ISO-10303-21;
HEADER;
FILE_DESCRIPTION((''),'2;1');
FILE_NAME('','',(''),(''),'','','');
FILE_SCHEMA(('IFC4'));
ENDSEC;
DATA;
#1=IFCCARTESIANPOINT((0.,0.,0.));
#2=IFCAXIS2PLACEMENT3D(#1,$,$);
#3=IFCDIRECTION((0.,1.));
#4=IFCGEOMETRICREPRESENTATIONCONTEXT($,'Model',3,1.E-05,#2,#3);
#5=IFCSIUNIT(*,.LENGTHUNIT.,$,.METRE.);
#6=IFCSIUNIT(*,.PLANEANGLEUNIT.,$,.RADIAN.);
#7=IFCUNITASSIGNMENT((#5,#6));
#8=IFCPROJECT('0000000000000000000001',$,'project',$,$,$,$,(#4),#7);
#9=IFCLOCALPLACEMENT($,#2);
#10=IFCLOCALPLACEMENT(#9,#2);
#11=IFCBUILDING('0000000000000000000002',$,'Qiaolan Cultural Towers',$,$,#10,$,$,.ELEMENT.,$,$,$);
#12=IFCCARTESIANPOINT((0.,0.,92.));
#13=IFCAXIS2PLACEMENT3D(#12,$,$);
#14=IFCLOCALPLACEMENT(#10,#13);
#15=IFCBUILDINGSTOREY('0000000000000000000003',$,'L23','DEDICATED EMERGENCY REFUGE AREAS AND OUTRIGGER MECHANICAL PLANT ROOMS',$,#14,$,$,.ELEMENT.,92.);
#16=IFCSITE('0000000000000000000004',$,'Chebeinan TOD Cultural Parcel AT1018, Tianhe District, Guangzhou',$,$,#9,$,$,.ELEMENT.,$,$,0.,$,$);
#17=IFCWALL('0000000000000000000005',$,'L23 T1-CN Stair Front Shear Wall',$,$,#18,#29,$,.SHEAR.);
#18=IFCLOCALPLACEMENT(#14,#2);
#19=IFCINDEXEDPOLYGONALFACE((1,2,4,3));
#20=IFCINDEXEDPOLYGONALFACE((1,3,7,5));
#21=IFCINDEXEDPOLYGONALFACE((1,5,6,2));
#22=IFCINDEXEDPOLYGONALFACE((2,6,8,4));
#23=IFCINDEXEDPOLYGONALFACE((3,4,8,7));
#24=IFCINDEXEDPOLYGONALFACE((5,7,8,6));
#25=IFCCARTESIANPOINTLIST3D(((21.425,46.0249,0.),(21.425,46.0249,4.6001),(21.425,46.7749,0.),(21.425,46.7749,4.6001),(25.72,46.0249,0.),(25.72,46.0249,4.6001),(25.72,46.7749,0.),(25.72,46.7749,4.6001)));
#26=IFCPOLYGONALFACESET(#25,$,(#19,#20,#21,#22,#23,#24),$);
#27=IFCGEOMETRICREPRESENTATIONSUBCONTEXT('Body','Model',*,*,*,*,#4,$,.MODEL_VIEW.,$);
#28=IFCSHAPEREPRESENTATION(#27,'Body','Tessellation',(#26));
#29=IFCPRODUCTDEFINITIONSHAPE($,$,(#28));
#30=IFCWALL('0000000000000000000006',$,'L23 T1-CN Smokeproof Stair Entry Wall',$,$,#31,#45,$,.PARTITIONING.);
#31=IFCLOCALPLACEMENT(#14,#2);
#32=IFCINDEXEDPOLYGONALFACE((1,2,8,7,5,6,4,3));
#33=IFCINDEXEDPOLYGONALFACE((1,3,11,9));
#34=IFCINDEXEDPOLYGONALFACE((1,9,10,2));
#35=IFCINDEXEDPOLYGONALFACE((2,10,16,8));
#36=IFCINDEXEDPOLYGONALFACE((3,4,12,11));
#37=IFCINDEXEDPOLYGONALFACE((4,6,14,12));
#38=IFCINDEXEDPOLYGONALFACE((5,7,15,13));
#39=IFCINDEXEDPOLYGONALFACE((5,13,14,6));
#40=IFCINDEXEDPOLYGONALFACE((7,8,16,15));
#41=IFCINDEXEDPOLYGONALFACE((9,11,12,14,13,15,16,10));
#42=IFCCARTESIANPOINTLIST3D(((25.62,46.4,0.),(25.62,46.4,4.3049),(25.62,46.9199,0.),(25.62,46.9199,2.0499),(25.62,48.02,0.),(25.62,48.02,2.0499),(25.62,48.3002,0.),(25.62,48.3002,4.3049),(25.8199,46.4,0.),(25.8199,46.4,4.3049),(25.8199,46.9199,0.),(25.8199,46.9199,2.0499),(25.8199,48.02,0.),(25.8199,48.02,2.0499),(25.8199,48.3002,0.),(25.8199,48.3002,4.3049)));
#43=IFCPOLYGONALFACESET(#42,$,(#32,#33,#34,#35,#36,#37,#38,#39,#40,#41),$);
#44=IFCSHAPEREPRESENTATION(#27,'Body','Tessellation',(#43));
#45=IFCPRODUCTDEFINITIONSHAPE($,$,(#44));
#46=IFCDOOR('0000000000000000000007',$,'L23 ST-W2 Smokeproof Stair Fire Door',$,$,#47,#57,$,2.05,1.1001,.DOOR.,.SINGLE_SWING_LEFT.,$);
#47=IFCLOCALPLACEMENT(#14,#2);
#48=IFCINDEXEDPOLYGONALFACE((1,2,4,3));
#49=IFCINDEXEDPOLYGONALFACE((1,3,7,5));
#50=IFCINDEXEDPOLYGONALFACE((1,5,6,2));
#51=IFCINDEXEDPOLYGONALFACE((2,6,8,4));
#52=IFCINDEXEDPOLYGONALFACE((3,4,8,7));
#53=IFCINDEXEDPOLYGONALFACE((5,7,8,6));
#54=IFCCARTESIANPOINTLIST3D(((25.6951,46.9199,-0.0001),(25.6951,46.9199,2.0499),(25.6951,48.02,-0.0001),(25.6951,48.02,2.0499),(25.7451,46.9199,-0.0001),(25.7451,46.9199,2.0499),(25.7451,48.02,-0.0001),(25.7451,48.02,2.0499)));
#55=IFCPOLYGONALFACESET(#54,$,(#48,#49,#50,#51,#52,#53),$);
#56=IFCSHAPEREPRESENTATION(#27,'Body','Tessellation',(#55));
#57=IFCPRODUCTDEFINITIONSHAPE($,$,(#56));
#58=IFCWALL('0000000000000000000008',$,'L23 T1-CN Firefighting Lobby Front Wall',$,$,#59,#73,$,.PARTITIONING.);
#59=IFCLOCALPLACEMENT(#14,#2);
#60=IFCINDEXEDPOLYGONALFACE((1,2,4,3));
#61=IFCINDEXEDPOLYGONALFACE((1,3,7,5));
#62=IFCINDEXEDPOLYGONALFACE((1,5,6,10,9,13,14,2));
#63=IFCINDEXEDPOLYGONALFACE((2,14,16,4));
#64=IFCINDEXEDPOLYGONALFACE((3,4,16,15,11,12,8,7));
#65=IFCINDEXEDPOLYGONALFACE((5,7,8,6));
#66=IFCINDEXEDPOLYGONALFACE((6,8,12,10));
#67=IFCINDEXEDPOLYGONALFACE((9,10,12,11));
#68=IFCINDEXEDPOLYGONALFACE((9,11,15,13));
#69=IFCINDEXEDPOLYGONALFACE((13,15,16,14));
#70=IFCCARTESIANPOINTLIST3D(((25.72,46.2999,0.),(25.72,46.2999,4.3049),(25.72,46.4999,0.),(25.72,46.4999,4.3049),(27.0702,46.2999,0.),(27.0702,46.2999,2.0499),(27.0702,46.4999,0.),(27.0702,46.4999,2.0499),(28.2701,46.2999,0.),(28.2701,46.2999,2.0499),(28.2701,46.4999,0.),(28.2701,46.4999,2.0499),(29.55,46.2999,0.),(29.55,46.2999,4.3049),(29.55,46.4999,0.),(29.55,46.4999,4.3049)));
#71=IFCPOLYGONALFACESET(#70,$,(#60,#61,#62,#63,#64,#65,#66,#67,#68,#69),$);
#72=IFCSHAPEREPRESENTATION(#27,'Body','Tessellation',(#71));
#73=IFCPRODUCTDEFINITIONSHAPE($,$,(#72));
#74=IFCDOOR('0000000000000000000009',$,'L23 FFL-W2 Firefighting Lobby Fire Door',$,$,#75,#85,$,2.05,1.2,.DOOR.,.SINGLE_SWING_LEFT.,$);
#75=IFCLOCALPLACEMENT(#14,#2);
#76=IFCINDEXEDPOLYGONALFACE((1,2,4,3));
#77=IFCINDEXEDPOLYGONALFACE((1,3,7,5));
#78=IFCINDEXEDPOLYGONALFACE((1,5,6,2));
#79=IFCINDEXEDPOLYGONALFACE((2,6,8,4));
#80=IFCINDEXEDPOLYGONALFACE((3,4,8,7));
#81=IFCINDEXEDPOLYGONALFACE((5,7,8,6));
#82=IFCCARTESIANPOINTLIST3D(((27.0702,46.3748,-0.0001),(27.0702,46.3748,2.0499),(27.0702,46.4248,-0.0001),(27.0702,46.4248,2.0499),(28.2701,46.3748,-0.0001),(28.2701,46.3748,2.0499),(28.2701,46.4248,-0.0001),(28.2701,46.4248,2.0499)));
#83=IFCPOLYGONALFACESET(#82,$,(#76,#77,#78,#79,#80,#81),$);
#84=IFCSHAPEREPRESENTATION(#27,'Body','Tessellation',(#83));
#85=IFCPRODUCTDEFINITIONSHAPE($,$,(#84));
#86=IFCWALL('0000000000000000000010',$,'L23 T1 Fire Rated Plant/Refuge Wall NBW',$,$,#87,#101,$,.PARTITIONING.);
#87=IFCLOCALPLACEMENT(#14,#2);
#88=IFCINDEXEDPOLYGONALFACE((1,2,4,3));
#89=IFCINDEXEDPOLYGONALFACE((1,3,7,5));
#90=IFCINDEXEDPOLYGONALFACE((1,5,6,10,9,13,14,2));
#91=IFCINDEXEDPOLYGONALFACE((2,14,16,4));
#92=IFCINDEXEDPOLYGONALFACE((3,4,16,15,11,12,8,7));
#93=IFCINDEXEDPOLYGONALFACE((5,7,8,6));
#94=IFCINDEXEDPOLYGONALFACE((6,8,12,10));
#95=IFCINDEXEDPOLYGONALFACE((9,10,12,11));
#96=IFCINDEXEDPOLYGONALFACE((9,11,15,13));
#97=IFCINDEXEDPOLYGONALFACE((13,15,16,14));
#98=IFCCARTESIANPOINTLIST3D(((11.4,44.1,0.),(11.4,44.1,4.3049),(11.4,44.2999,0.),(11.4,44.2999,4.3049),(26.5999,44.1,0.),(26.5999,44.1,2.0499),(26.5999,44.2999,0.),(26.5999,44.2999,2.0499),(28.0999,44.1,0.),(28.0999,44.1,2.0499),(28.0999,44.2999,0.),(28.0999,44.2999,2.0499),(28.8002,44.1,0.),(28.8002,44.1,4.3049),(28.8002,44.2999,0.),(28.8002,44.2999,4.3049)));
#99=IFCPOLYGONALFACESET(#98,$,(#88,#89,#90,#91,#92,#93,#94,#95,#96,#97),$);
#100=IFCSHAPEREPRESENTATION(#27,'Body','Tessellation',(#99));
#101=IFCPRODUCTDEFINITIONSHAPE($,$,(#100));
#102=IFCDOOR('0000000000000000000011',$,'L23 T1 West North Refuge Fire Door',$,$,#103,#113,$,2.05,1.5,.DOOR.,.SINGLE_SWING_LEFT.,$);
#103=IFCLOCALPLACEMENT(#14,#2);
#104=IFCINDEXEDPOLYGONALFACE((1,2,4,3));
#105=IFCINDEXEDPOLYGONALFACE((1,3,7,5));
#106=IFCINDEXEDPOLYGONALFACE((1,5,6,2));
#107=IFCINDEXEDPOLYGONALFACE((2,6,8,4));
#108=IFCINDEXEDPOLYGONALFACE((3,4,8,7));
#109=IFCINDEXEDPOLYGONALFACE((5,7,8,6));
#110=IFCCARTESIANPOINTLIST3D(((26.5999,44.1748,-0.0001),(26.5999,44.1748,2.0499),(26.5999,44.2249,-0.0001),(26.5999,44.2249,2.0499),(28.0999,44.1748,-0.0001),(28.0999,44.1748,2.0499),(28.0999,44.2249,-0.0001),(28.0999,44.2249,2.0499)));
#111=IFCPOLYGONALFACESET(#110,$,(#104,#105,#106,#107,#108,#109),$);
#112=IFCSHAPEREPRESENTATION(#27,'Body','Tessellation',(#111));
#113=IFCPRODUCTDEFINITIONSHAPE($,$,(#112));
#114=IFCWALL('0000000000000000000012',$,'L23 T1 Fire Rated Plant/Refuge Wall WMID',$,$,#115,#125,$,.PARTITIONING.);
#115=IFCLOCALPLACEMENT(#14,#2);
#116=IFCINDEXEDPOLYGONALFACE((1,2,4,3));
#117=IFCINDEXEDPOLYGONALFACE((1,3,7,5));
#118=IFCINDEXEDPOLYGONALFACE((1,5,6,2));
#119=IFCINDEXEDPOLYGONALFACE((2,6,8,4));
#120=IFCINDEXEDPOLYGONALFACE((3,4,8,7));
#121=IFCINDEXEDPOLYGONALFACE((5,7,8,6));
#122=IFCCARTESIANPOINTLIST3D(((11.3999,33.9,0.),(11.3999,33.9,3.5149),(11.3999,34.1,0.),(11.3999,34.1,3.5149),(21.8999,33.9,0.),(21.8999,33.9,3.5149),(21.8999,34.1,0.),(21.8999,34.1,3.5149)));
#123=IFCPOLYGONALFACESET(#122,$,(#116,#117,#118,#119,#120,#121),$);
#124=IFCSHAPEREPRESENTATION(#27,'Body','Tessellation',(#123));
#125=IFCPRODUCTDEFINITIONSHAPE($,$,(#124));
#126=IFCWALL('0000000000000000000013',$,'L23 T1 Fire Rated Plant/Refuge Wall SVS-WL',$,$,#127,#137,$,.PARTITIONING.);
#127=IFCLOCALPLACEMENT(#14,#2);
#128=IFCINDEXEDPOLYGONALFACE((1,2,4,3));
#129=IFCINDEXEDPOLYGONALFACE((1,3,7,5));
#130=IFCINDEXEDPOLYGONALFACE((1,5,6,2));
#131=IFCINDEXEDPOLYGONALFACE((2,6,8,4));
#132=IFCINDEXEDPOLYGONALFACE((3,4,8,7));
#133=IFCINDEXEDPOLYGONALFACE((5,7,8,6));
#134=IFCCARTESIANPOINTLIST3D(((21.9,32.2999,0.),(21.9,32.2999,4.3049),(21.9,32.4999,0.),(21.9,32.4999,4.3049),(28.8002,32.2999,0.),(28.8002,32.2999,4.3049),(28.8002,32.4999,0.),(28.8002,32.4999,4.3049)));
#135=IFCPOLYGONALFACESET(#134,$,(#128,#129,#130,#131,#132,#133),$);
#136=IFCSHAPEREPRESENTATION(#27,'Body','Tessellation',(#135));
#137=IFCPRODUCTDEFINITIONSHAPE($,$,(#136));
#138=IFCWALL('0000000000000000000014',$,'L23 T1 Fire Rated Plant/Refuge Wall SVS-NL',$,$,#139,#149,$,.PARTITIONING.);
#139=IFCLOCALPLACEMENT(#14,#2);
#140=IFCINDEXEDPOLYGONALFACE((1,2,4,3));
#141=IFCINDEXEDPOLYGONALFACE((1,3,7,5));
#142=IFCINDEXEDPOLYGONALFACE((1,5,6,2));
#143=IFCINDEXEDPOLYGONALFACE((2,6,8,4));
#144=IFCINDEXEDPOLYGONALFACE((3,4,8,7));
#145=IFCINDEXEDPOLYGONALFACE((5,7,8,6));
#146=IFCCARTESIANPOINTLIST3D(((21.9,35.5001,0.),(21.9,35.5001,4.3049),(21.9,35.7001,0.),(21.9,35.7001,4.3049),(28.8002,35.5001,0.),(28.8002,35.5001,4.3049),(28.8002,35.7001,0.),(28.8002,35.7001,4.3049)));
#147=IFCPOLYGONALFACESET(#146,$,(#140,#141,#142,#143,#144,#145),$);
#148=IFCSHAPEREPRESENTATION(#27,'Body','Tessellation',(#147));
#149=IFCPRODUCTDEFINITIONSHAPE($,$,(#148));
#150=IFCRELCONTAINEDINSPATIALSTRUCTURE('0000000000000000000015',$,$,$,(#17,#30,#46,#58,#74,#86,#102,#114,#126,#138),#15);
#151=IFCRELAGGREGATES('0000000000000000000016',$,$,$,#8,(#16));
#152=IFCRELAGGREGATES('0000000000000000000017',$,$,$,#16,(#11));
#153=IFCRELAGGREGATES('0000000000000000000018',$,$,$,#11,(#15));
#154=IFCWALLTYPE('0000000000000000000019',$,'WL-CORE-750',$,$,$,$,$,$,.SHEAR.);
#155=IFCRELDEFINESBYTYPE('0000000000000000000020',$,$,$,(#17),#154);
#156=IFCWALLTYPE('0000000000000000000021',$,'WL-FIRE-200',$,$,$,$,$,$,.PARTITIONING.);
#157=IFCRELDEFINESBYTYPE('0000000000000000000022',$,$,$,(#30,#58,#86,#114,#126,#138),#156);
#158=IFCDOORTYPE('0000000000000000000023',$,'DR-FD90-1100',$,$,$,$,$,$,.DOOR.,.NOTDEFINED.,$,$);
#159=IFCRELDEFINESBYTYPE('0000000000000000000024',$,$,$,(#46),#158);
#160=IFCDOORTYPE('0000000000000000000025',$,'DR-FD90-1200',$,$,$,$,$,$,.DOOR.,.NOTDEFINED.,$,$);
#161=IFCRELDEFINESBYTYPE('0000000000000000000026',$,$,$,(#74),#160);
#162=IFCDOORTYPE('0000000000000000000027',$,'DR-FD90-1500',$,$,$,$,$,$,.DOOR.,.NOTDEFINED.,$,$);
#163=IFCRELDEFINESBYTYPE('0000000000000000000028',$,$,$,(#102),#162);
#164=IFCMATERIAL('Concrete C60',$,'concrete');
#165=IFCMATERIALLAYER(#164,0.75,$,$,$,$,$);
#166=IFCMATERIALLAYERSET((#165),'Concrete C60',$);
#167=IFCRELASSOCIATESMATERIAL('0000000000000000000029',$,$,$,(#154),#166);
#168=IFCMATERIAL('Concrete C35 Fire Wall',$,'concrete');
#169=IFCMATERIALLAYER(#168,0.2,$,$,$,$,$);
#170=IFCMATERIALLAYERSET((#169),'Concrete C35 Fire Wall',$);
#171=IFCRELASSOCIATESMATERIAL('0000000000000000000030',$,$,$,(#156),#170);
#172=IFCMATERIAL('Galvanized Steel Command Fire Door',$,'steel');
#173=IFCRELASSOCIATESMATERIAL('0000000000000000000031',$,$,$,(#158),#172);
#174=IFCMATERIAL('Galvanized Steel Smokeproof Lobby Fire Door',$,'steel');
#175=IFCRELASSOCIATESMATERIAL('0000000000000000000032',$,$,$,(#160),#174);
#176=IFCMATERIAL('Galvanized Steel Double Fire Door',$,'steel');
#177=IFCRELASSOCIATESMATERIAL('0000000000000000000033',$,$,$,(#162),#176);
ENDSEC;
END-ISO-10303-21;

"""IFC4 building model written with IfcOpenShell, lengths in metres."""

from ifc_helpers import new_model, si_unit, direction, frame, frame_2d, origin, place, context, subcontext, project, spatial, rectangle, extrude, material, layer, layer_set, type_object, element, fill, save


model = new_model("IFC4")

# Units and contexts
model_context = context("Model", 3, precision=1e-05, world=origin(), true_north=direction((0.0, 1.0)))
body_context = subcontext(model_context, "Body", "Model", "MODEL_VIEW")
ifc_project = project(units=[si_unit("LENGTHUNIT", "METRE"), si_unit("PLANEANGLEUNIT", "RADIAN")], contexts=[model_context])

# Site, building, storey
site_placement = place(None, origin())
site = spatial("IfcSite", under=ifc_project, at=site_placement, Name="Chebeinan TOD Cultural Parcel AT1018, Tianhe District, Guangzhou", CompositionType="ELEMENT", RefElevation=0.0)
building_placement = place(site_placement, origin())
building = spatial("IfcBuilding", under=site, at=building_placement, Name="Qiaolan Cultural Towers", CompositionType="ELEMENT")
storey_placement = place(building_placement, frame((0.0, 0.0, 92.0)))
storey = spatial("IfcBuildingStorey", under=building, at=storey_placement, Name="L23", Description="DEDICATED EMERGENCY REFUGE AREAS AND OUTRIGGER MECHANICAL PLANT ROOMS", CompositionType="ELEMENT", Elevation=92.0)

# Wall
ifc_material_1 = material(Name="Concrete C60", Category="concrete")
ifc_layer_1 = layer(ifc_material_1, 0.75)
ifc_layer_set_1 = layer_set([ifc_layer_1], Name="Concrete C60")
wall_type_1 = type_object("IfcWallType", Name="WL-CORE-750", PredefinedType="SHEAR", material=ifc_layer_set_1)
wall_1_placement = place(storey_placement, frame((21.425, 46.3999, 0.0), z_axis=(0.0, 0.0, 1.0), x_axis=(1.0, 0.0, 0.0)))
element("IfcWall", 1, at=wall_1_placement, inside=storey, type_object=wall_type_1, Name="L23 T1-CN Stair Front Shear Wall", PredefinedType="SHEAR", context=body_context, shape_type="SweptSolid", body=[
    extrude(rectangle(XDim=4.2949, YDim=0.75, at=frame_2d((2.1475, 0.0))), origin(), (0.0, 0.0, 1.0), 4.6001),
])

# Walls, openings, doors
ifc_material_2 = material(Name="Concrete C35 Fire Wall", Category="concrete")
ifc_layer_2 = layer(ifc_material_2, 0.2)
ifc_layer_set_2 = layer_set([ifc_layer_2], Name="Concrete C35 Fire Wall")
wall_type_2 = type_object("IfcWallType", Name="WL-FIRE-200", PredefinedType="PARTITIONING", material=ifc_layer_set_2)
wall_2_placement = place(storey_placement, frame((25.72, 46.3999, 0.0), z_axis=(0.0, 0.0, 1.0), x_axis=(0.0, 1.0, 0.0)))
wall_2 = element("IfcWall", 2, at=wall_2_placement, inside=storey, type_object=wall_type_2, Name="L23 T1-CN Smokeproof Stair Entry Wall", PredefinedType="PARTITIONING", context=body_context, shape_type="SweptSolid", body=[
    extrude(rectangle(XDim=1.9001, YDim=0.2, at=frame_2d((0.9502, 0.0))), origin(), (0.0, 0.0, 1.0), 4.3049),
])
opening_1_placement = place(wall_2_placement, frame((0.52, 0.0, 0.0)))
opening_1 = element("IfcOpeningElement", 3, at=opening_1_placement, cuts=wall_2, PredefinedType="OPENING", context=body_context, shape_type="SweptSolid", body=[
    extrude(rectangle(XDim=1.1001, YDim=2.05, at=frame_2d((0.55, 1.0249))), frame((0.0, 0.1099, 0.0), z_axis=(0.0, -1.0, 0.0), x_axis=(1.0, 0.0, 0.0)), (0.0, 0.0, 1.0), 0.22),
])
ifc_material_3 = material(Name="Galvanized Steel Command Fire Door", Category="steel")
door_type_1 = type_object("IfcDoorType", Name="DR-FD90-1100", OperationType="NOTDEFINED", PredefinedType="DOOR", material=ifc_material_3)
door_1_placement = place(opening_1_placement, origin())
door_1 = element("IfcDoor", 4, at=door_1_placement, inside=storey, type_object=door_type_1, Name="L23 ST-W2 Smokeproof Stair Fire Door", OperationType="SINGLE_SWING_LEFT", OverallHeight=2.05, OverallWidth=1.1001, PredefinedType="DOOR", context=body_context, shape_type="SweptSolid", body=[
    extrude(rectangle(XDim=1.1001, YDim=2.05, at=frame_2d((0.55, 1.0249))), frame((0.0, 0.0249, 0.0), z_axis=(0.0, -1.0, 0.0), x_axis=(1.0, 0.0, 0.0)), (0.0, 0.0, 1.0), 0.05),
])
fill(opening_1, door_1)
wall_3_placement = place(storey_placement, frame((25.72, 46.3999, 0.0), z_axis=(0.0, 0.0, 1.0), x_axis=(1.0, 0.0, 0.0)))
wall_3 = element("IfcWall", 5, at=wall_3_placement, inside=storey, type_object=wall_type_2, Name="L23 T1-CN Firefighting Lobby Front Wall", PredefinedType="PARTITIONING", context=body_context, shape_type="SweptSolid", body=[
    extrude(rectangle(XDim=3.8301, YDim=0.2, at=frame_2d((1.915, 0.0))), origin(), (0.0, 0.0, 1.0), 4.3049),
])
opening_2_placement = place(wall_3_placement, frame((1.3501, 0.0, 0.0)))
opening_2 = element("IfcOpeningElement", 6, at=opening_2_placement, cuts=wall_3, PredefinedType="OPENING", context=body_context, shape_type="SweptSolid", body=[
    extrude(rectangle(XDim=1.2, YDim=2.05, at=frame_2d((0.6001, 1.0249))), frame((0.0, 0.1099, 0.0), z_axis=(0.0, -1.0, 0.0), x_axis=(1.0, 0.0, 0.0)), (0.0, 0.0, 1.0), 0.22),
])
ifc_material_4 = material(Name="Galvanized Steel Smokeproof Lobby Fire Door", Category="steel")
door_type_2 = type_object("IfcDoorType", Name="DR-FD90-1200", OperationType="NOTDEFINED", PredefinedType="DOOR", material=ifc_material_4)
door_2_placement = place(opening_2_placement, origin())
door_2 = element("IfcDoor", 7, at=door_2_placement, inside=storey, type_object=door_type_2, Name="L23 FFL-W2 Firefighting Lobby Fire Door", OperationType="SINGLE_SWING_LEFT", OverallHeight=2.05, OverallWidth=1.2, PredefinedType="DOOR", context=body_context, shape_type="SweptSolid", body=[
    extrude(rectangle(XDim=1.2, YDim=2.05, at=frame_2d((0.6001, 1.0249))), frame((0.0, 0.0249, 0.0), z_axis=(0.0, -1.0, 0.0), x_axis=(1.0, 0.0, 0.0)), (0.0, 0.0, 1.0), 0.05),
])
fill(opening_2, door_2)
wall_4_placement = place(storey_placement, frame((11.3999, 44.2, 0.0), z_axis=(0.0, 0.0, 1.0), x_axis=(1.0, 0.0, 0.0)))
wall_4 = element("IfcWall", 8, at=wall_4_placement, inside=storey, type_object=wall_type_2, Name="L23 T1 Fire Rated Plant/Refuge Wall NBW", PredefinedType="PARTITIONING", context=body_context, shape_type="SweptSolid", body=[
    extrude(rectangle(XDim=17.4001, YDim=0.2, at=frame_2d((8.7002, 0.0))), origin(), (0.0, 0.0, 1.0), 4.3049),
])
opening_3_placement = place(wall_4_placement, frame((15.2, 0.0, 0.0)))
opening_3 = element("IfcOpeningElement", 9, at=opening_3_placement, cuts=wall_4, PredefinedType="OPENING", context=body_context, shape_type="SweptSolid", body=[
    extrude(rectangle(XDim=1.5, YDim=2.05, at=frame_2d((0.75, 1.0249))), frame((0.0, 0.1099, 0.0), z_axis=(0.0, -1.0, 0.0), x_axis=(1.0, 0.0, 0.0)), (0.0, 0.0, 1.0), 0.22),
])
ifc_material_5 = material(Name="Galvanized Steel Double Fire Door", Category="steel")
door_type_3 = type_object("IfcDoorType", Name="DR-FD90-1500", OperationType="NOTDEFINED", PredefinedType="DOOR", material=ifc_material_5)
door_3_placement = place(opening_3_placement, origin())
door_3 = element("IfcDoor", 10, at=door_3_placement, inside=storey, type_object=door_type_3, Name="L23 T1 West North Refuge Fire Door", OperationType="SINGLE_SWING_LEFT", OverallHeight=2.05, OverallWidth=1.5, PredefinedType="DOOR", context=body_context, shape_type="SweptSolid", body=[
    extrude(rectangle(XDim=1.5, YDim=2.05, at=frame_2d((0.75, 1.0249))), frame((0.0, 0.0249, 0.0), z_axis=(0.0, -1.0, 0.0), x_axis=(1.0, 0.0, 0.0)), (0.0, 0.0, 1.0), 0.05),
])
fill(opening_3, door_3)

# Walls
wall_5_placement = place(storey_placement, frame((11.3999, 34.0, 0.0), z_axis=(0.0, 0.0, 1.0), x_axis=(1.0, 0.0, 0.0)))
element("IfcWall", 11, at=wall_5_placement, inside=storey, type_object=wall_type_2, Name="L23 T1 Fire Rated Plant/Refuge Wall WMID", PredefinedType="PARTITIONING", context=body_context, shape_type="SweptSolid", body=[
    extrude(rectangle(XDim=10.5, YDim=0.2, at=frame_2d((5.25, 0.0))), origin(), (0.0, 0.0, 1.0), 3.5149),
])
for number, where, z_axis, x_axis, name in (
    (12, (21.8999, 32.3999, 0.0), (0.0, 0.0, 1.0), (1.0, 0.0, 0.0), "L23 T1 Fire Rated Plant/Refuge Wall SVS-WL"),
    (13, (21.8999, 35.6001, 0.0), (0.0, 0.0, 1.0), (1.0, 0.0, 0.0), "L23 T1 Fire Rated Plant/Refuge Wall SVS-NL"),
):
    element("IfcWall", number, at=place(storey_placement, frame(where, z_axis=z_axis, x_axis=x_axis)), inside=storey, type_object=wall_type_2, Name=name, PredefinedType="PARTITIONING", context=body_context, shape_type="SweptSolid", body=[
        extrude(rectangle(XDim=6.9001, YDim=0.2, at=frame_2d((3.4502, 0.0))), origin(), (0.0, 0.0, 1.0), 4.3049),
    ])

save(model, "model.ifc")
